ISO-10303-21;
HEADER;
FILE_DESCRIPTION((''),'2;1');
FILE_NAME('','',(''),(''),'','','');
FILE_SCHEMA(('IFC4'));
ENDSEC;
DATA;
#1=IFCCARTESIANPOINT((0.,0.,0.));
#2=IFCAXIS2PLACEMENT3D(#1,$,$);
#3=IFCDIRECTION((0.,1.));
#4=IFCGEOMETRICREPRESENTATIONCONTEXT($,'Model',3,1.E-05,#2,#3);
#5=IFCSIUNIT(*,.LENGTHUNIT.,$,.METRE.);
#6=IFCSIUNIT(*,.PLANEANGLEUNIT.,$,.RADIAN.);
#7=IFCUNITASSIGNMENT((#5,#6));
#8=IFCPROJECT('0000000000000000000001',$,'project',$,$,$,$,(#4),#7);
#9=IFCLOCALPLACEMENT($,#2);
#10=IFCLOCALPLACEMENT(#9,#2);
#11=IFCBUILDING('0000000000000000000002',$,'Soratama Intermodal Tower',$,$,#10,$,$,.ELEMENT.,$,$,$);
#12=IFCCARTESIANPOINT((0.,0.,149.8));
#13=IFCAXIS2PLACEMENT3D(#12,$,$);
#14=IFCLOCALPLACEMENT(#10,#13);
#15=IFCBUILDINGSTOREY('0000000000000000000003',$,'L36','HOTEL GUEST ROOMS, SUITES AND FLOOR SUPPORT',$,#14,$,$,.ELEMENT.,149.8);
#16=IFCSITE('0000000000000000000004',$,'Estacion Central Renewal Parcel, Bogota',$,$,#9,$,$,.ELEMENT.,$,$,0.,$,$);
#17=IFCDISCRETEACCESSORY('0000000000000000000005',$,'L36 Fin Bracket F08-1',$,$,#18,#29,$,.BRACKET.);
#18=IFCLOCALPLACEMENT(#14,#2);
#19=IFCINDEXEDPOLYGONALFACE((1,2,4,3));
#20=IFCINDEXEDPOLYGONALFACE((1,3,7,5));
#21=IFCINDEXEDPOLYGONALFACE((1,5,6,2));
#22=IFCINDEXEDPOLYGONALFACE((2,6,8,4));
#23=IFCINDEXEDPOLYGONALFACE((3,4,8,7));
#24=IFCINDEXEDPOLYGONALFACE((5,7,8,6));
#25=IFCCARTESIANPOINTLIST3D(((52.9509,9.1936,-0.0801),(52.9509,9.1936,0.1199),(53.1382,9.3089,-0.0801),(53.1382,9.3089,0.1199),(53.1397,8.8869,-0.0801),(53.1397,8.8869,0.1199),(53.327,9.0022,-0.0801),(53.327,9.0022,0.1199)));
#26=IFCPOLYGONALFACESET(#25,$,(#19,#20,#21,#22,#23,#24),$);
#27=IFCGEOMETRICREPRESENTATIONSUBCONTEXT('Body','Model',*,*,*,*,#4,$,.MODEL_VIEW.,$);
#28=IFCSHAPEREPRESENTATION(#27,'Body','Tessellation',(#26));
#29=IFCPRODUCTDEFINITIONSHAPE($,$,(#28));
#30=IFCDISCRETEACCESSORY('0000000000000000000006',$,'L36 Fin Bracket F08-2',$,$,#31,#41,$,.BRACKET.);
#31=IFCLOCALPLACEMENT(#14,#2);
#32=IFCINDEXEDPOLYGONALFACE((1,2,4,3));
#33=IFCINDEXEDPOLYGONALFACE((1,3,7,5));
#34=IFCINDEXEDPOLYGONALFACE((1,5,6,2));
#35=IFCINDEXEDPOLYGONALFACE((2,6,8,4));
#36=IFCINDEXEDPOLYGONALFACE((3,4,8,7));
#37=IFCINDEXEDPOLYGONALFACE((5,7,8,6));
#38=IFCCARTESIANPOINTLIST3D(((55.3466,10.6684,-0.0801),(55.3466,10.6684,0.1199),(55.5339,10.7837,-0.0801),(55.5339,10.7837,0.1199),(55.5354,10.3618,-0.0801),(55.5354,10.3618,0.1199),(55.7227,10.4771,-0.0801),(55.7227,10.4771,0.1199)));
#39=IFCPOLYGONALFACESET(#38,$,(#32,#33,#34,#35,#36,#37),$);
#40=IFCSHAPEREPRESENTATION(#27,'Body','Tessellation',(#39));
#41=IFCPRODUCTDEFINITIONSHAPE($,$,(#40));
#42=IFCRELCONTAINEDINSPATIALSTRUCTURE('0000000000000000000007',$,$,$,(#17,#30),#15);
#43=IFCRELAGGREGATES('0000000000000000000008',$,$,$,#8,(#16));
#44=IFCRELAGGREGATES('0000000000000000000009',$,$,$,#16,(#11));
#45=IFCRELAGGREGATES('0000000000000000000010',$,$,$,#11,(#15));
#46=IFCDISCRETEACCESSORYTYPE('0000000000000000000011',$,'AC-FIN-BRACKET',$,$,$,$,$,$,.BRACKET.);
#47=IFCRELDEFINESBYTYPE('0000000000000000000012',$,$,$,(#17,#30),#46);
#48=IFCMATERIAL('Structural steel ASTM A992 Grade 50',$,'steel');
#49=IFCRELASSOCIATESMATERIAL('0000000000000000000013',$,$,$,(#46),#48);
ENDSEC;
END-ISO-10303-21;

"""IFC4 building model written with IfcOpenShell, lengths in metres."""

from ifc_helpers import new_model, si_unit, direction, frame, origin, origin_2d, place, context, subcontext, project, spatial, rectangle, extrude, material, type_object, element, save


model = new_model("IFC4")

# Units and contexts
model_context = context("Model", 3, precision=1e-05, world=origin(), true_north=direction((0.0, 1.0)))
body_context = subcontext(model_context, "Body", "Model", "MODEL_VIEW")
ifc_project = project(units=[si_unit("LENGTHUNIT", "METRE"), si_unit("PLANEANGLEUNIT", "RADIAN")], contexts=[model_context])

# Site, building, storey
site_placement = place(None, origin())
site = spatial("IfcSite", under=ifc_project, at=site_placement, Name="Estacion Central Renewal Parcel, Bogota", CompositionType="ELEMENT", RefElevation=0.0)
building_placement = place(site_placement, origin())
building = spatial("IfcBuilding", under=site, at=building_placement, Name="Soratama Intermodal Tower", CompositionType="ELEMENT")
storey_placement = place(building_placement, frame((0.0, 0.0, 149.8)))
storey = spatial("IfcBuildingStorey", under=building, at=storey_placement, Name="L36", Description="HOTEL GUEST ROOMS, SUITES AND FLOOR SUPPORT", CompositionType="ELEMENT", Elevation=149.8)

# Discrete accessories
ifc_material_1 = material(Name="Structural steel ASTM A992 Grade 50", Category="steel")
discrete_accessory_type = type_object("IfcDiscreteAccessoryType", Name="AC-FIN-BRACKET", PredefinedType="BRACKET", material=ifc_material_1)
for number, where, z_axis, x_axis, name in (
    (1, (53.1389, 9.0979, -0.0801), (0.0, 0.0, 1.0), (0.524283, -0.851544, 0.0), "L36 Fin Bracket F08-1"),
    (2, (55.5347, 10.5728, -0.0801), (0.0, 0.0, 1.0), (0.524283, -0.851544, 0.0), "L36 Fin Bracket F08-2"),
):
    element("IfcDiscreteAccessory", number, at=place(storey_placement, frame(where, z_axis=z_axis, x_axis=x_axis)), inside=storey, type_object=discrete_accessory_type, Name=name, PredefinedType="BRACKET", context=body_context, shape_type="SweptSolid", body=[
        extrude(rectangle(XDim=0.3601, YDim=0.22, at=origin_2d()), origin(), (0.0, 0.0, 1.0), 0.2),
    ])

save(model, "model.ifc")
